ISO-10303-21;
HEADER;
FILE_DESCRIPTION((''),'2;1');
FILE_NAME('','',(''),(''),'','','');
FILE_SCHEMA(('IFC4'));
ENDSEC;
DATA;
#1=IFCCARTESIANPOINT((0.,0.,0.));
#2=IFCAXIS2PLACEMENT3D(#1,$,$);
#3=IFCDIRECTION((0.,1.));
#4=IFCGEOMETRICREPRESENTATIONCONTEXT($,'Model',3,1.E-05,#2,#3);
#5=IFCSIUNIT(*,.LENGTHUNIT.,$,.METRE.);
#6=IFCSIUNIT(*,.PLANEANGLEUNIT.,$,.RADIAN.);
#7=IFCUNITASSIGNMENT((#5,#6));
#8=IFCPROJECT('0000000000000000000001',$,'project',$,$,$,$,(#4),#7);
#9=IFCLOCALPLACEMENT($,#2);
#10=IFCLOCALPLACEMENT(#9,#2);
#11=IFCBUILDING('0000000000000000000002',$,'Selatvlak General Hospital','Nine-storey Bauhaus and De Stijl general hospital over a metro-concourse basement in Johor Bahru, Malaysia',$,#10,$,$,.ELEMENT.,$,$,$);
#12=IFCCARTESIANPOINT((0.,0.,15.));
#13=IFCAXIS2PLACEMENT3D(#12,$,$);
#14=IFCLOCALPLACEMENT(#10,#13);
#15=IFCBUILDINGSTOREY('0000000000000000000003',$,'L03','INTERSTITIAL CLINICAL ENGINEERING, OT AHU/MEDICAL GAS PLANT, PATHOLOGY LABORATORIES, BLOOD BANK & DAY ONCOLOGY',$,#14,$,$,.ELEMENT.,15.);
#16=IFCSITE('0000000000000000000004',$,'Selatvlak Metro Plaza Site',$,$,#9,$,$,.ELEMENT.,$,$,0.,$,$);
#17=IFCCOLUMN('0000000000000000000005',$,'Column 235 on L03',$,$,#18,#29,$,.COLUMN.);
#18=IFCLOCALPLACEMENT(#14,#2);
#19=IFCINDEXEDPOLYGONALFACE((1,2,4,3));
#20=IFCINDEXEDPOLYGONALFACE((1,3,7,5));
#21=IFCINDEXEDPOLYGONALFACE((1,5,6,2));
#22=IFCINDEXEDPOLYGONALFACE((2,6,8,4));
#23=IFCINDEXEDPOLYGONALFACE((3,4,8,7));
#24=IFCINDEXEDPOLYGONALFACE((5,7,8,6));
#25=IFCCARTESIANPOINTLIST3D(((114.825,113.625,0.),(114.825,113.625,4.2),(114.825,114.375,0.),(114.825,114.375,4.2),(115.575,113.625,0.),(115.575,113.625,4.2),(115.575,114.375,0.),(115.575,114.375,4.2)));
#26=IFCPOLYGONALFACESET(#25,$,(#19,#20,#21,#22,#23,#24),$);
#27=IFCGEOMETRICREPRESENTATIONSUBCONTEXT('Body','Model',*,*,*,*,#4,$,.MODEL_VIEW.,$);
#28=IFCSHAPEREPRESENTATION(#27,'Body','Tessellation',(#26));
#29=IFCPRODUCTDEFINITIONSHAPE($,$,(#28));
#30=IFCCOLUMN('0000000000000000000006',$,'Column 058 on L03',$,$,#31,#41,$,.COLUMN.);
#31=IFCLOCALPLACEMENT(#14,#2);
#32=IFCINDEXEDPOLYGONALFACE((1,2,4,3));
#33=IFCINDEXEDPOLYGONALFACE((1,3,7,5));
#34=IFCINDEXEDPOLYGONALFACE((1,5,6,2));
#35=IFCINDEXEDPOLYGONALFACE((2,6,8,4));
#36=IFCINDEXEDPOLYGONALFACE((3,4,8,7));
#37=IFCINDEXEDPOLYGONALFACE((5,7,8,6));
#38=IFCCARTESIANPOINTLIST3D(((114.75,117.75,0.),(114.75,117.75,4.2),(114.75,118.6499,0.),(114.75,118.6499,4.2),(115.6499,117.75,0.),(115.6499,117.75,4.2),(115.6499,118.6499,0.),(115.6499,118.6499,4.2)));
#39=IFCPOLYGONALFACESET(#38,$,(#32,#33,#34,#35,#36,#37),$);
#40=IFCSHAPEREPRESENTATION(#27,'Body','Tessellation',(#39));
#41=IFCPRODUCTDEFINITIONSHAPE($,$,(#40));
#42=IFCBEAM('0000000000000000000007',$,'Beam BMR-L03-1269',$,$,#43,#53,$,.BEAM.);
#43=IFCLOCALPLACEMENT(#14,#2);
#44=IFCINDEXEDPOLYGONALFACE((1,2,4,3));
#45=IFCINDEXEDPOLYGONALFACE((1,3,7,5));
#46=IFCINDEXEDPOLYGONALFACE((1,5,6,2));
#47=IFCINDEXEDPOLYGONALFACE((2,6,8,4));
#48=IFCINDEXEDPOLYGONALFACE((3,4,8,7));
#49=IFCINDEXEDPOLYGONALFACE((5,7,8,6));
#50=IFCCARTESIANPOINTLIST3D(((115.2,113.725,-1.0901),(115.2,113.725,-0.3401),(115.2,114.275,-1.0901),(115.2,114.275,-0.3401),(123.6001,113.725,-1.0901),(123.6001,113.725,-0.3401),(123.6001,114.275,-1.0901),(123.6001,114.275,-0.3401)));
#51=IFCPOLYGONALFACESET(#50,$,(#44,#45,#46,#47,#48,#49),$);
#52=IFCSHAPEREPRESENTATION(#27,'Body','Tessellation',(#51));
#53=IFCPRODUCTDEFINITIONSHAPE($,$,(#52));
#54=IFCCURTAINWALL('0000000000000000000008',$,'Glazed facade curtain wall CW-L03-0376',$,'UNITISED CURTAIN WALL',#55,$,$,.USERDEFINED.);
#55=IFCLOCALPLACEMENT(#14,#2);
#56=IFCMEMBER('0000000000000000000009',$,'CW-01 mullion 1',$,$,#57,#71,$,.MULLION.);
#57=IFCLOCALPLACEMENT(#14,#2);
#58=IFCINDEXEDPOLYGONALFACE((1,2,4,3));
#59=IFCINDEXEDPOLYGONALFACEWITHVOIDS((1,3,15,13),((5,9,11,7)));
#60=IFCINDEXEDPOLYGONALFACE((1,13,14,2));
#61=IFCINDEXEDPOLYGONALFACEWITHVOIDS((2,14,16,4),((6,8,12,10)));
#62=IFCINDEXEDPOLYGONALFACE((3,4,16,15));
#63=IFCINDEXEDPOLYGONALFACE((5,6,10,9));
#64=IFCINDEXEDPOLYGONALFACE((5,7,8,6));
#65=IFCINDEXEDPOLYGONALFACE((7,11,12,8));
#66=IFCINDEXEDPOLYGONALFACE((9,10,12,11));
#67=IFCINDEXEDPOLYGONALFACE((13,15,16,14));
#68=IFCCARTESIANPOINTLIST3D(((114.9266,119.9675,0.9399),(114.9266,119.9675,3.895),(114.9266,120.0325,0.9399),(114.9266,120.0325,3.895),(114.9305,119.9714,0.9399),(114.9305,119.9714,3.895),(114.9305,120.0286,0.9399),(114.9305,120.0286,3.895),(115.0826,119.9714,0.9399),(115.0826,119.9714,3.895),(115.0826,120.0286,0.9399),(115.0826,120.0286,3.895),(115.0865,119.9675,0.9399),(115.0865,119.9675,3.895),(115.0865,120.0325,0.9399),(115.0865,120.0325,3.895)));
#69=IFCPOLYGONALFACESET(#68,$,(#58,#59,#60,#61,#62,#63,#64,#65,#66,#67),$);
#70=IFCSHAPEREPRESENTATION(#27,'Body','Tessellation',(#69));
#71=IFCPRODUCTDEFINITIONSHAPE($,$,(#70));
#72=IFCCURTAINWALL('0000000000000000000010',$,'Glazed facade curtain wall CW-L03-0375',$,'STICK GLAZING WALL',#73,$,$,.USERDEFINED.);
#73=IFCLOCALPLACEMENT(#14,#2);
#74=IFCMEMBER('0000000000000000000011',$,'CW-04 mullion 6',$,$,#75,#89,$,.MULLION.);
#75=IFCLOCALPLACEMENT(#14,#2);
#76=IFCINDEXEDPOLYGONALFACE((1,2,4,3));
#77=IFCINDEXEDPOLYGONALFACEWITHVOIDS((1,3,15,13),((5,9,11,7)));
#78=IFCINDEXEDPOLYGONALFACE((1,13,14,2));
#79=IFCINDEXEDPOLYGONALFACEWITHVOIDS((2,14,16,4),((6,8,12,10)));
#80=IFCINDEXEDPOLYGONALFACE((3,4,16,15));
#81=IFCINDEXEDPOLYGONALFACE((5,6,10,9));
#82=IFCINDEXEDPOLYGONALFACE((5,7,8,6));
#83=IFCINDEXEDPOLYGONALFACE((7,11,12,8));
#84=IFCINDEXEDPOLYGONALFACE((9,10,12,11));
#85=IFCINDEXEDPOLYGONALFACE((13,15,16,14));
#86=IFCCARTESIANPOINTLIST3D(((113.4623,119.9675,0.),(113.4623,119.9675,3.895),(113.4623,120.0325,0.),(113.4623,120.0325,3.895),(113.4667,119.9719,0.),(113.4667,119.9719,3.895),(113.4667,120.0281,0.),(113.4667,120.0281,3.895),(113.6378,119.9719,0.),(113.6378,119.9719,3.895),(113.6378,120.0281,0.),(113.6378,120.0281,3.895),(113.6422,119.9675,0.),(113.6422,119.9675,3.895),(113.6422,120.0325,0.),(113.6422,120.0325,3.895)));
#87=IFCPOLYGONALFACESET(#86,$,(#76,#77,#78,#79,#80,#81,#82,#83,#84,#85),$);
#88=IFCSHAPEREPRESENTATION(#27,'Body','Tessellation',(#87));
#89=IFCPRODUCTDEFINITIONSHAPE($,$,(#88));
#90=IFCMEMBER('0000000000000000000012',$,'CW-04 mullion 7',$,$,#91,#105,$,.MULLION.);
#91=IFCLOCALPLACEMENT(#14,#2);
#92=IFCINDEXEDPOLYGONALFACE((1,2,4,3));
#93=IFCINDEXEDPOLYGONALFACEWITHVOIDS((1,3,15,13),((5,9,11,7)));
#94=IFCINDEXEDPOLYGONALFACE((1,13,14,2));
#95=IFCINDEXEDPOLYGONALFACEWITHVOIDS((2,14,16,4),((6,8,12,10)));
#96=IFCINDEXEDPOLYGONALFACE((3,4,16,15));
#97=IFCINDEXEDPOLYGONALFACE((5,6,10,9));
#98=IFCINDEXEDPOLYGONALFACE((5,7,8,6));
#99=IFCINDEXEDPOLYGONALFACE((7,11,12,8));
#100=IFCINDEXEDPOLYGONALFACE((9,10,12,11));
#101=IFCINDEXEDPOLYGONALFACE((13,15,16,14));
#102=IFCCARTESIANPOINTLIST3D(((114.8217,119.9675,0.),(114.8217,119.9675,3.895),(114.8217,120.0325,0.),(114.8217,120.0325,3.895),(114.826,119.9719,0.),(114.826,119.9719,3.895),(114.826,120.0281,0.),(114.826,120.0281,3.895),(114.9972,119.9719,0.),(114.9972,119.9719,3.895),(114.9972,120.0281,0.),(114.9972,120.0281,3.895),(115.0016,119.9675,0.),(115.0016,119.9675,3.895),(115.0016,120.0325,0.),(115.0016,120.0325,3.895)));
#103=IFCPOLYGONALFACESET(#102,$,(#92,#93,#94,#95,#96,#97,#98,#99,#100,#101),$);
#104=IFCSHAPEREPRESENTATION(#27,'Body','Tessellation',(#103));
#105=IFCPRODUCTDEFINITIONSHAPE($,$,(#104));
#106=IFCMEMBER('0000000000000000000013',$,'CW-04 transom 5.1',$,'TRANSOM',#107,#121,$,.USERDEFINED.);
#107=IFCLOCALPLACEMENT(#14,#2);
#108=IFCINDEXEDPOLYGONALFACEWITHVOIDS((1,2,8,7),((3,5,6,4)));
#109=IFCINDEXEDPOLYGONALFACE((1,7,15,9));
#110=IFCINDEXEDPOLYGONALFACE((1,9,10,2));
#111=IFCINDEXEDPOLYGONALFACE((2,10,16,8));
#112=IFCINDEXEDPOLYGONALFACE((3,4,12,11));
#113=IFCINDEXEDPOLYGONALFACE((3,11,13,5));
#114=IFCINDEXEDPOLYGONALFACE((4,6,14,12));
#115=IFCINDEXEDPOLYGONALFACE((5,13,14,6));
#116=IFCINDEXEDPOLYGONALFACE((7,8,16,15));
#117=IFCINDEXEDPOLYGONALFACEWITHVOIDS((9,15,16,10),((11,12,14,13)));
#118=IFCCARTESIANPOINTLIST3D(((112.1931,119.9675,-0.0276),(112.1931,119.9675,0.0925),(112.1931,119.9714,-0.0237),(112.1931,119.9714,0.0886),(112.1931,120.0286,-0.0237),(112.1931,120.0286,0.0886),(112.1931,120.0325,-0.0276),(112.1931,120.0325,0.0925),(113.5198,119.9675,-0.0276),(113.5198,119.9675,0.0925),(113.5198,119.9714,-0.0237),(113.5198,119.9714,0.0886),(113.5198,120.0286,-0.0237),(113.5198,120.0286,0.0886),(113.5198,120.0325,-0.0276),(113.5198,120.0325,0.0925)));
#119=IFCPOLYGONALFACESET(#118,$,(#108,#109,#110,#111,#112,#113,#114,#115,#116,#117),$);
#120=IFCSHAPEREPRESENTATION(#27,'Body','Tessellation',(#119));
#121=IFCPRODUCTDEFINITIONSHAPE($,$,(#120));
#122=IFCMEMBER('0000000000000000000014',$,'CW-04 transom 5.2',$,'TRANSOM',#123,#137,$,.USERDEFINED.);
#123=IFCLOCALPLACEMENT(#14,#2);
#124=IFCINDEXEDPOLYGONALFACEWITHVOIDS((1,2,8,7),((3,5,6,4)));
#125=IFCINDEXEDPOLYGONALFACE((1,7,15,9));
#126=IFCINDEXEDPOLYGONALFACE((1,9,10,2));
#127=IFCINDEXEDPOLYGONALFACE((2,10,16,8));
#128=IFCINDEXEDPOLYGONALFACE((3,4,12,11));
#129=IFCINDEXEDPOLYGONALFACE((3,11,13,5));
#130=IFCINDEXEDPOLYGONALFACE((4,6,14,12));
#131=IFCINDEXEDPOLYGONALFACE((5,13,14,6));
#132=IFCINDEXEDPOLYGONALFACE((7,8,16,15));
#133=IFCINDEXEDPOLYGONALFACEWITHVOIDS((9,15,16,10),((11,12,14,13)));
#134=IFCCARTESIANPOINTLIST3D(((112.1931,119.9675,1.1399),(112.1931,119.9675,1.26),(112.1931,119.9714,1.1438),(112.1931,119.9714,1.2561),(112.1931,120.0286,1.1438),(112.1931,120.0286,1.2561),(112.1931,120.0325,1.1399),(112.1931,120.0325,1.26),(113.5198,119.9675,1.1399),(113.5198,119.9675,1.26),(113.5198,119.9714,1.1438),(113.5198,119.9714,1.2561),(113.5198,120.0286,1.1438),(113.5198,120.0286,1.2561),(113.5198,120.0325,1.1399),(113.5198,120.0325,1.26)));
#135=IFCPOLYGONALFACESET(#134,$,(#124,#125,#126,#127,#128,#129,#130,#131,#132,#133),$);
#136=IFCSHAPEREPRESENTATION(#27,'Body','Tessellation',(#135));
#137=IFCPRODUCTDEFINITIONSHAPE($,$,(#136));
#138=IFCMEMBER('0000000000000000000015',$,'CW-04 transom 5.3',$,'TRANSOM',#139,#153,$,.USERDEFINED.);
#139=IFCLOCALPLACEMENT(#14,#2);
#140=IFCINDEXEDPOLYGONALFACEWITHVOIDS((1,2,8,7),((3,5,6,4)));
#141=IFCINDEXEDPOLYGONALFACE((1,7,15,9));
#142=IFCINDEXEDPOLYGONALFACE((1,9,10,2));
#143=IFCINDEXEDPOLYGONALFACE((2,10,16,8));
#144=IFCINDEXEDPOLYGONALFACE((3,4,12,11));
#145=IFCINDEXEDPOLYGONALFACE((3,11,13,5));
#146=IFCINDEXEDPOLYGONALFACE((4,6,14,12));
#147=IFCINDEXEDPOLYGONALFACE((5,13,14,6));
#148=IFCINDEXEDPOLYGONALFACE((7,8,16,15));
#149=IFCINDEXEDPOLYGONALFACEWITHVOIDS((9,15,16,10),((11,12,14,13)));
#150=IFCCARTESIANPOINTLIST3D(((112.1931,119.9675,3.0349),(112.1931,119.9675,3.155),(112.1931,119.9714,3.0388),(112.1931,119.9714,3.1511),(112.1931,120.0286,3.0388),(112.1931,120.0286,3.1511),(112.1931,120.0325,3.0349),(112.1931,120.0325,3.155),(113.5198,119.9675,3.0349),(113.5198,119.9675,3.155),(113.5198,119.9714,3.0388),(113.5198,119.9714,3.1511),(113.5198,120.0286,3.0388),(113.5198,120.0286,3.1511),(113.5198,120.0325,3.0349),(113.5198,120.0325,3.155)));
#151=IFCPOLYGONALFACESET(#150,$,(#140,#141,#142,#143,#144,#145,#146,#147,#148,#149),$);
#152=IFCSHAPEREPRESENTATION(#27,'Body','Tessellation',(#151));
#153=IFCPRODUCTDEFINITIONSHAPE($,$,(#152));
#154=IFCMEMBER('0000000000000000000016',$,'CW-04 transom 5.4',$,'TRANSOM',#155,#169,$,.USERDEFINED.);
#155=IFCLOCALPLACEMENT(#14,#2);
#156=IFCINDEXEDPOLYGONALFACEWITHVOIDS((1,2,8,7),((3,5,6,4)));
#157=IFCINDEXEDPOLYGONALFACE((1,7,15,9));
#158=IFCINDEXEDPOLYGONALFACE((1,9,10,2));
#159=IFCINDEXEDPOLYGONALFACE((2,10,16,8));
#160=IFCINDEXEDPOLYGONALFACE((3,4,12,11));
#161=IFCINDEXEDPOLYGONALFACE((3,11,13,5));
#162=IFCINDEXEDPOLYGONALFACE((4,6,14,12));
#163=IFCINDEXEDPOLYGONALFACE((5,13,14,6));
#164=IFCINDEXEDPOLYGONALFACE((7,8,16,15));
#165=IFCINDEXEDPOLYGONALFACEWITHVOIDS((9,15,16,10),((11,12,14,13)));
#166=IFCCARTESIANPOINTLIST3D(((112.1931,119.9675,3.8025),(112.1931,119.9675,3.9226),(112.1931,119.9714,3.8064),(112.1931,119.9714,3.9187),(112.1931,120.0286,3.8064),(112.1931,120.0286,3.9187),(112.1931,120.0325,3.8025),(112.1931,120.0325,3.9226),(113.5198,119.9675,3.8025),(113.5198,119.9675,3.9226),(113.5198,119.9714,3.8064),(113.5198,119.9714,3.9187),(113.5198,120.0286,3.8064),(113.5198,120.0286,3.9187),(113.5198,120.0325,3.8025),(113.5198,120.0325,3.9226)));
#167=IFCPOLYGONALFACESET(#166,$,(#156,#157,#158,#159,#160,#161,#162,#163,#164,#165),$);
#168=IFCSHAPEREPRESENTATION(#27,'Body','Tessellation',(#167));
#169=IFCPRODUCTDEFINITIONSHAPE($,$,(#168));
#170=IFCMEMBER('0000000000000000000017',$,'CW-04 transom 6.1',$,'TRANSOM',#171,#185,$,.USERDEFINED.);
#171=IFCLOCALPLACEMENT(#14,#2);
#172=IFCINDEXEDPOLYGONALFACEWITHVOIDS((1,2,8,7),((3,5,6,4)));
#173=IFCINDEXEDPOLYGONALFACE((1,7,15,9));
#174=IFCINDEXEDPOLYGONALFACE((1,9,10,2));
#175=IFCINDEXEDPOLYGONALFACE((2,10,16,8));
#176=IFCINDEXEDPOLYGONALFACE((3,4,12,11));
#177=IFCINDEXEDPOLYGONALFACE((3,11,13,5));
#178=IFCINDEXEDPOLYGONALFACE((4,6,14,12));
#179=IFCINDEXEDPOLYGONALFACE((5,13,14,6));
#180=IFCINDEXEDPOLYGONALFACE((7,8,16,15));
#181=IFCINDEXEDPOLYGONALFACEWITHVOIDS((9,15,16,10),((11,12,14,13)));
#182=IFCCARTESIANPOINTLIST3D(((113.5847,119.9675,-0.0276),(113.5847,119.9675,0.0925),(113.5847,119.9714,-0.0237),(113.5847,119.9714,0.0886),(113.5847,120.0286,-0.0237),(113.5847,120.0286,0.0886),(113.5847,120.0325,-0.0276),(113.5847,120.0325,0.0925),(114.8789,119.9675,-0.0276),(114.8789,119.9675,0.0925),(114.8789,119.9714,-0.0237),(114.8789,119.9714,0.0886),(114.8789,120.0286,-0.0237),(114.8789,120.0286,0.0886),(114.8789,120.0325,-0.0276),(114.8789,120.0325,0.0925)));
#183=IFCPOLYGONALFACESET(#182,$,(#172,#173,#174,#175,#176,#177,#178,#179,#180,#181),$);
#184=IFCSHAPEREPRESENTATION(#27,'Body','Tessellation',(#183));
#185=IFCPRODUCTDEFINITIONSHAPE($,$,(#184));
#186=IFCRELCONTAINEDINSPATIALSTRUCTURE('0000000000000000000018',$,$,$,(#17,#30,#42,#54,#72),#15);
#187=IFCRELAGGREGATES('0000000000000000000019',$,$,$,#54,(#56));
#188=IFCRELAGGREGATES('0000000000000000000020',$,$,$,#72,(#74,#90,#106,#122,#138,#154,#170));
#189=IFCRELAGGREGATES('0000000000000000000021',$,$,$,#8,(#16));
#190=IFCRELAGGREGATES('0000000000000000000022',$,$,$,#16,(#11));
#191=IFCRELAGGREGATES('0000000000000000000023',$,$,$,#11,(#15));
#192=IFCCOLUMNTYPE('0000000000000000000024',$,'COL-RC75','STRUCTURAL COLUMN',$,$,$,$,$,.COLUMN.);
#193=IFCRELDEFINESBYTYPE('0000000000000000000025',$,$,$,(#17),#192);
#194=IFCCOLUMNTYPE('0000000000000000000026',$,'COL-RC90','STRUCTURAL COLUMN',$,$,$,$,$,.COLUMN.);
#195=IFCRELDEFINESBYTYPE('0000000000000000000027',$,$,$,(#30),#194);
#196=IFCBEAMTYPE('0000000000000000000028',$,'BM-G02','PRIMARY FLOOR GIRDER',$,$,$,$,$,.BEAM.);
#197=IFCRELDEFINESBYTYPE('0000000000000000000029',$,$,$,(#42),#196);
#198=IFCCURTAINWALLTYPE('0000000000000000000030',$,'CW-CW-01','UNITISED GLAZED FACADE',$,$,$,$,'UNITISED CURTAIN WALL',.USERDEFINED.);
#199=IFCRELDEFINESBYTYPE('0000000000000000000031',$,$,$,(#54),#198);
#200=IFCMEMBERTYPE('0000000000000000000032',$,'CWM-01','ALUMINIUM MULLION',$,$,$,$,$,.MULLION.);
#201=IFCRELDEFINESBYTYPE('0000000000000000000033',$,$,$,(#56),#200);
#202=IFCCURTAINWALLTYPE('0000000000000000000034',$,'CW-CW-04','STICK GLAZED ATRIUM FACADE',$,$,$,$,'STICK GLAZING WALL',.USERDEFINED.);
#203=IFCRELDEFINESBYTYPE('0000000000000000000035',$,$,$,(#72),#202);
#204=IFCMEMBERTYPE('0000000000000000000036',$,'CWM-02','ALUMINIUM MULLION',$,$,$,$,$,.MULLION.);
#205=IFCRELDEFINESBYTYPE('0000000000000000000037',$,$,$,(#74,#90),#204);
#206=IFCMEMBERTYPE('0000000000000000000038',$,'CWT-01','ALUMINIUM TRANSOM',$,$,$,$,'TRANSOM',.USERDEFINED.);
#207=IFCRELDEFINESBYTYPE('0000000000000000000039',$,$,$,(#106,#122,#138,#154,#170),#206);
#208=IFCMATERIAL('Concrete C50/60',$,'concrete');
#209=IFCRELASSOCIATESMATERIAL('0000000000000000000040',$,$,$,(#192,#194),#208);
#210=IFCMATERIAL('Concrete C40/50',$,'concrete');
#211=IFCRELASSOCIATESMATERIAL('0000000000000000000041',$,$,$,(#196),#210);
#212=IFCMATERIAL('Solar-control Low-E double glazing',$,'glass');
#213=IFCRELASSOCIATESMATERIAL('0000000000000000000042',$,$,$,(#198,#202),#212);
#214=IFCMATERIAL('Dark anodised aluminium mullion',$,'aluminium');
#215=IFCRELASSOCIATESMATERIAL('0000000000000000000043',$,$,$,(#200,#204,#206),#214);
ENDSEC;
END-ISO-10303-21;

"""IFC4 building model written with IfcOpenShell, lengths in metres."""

from ifc_helpers import new_model, si_unit, direction, frame, origin, origin_2d, place, context, subcontext, project, spatial, rectangle, hollow_rectangle, extrude, material, material_profile, profile_set, type_object, element, aggregate, save


model = new_model("IFC4")

# Units and contexts
model_context = context("Model", 3, precision=1e-05, world=origin(), true_north=direction((0.0, 1.0)))
body_context = subcontext(model_context, "Body", "Model", "MODEL_VIEW")
ifc_project = project(units=[si_unit("LENGTHUNIT", "METRE"), si_unit("PLANEANGLEUNIT", "RADIAN")], contexts=[model_context])

# Site, building, storey
site_placement = place(None, origin())
site = spatial("IfcSite", under=ifc_project, at=site_placement, Name="Selatvlak Metro Plaza Site", CompositionType="ELEMENT", RefElevation=0.0)
building_placement = place(site_placement, origin())
building = spatial("IfcBuilding", under=site, at=building_placement, Name="Selatvlak General Hospital", Description="Nine-storey Bauhaus and De Stijl general hospital over a metro-concourse basement in Johor Bahru, Malaysia", CompositionType="ELEMENT")
storey_placement = place(building_placement, frame((0.0, 0.0, 15.0)))
storey = spatial("IfcBuildingStorey", under=building, at=storey_placement, Name="L03", Description="INTERSTITIAL CLINICAL ENGINEERING, OT AHU/MEDICAL GAS PLANT, PATHOLOGY LABORATORIES, BLOOD BANK & DAY ONCOLOGY", CompositionType="ELEMENT", Elevation=15.0)

# Columns
ifc_material_1 = material(Name="Concrete C50/60", Category="concrete")
ifc_material_profile_1 = material_profile(ifc_material_1, rectangle(XDim=0.75, YDim=0.75, at=origin_2d()), Name="RC-COL 750x750")
ifc_profile_set_1 = profile_set([ifc_material_profile_1], Name="Concrete C50/60")
column_type_1 = type_object("IfcColumnType", Name="COL-RC75", Description="STRUCTURAL COLUMN", PredefinedType="COLUMN", material=ifc_profile_set_1)
column_1_placement = place(storey_placement, frame((115.2, 114.0, 0.0), z_axis=(0.0, 0.0, 1.0), x_axis=(1.0, 0.0, 0.0)))
element("IfcColumn", 1, at=column_1_placement, inside=storey, type_object=column_type_1, Name="Column 235 on L03", PredefinedType="COLUMN", context=body_context, shape_type="SweptSolid", body=[
    extrude(rectangle(XDim=0.75, YDim=0.75, at=origin_2d()), origin(), (0.0, 0.0, 1.0), 4.2),
])
ifc_material_profile_2 = material_profile(ifc_material_1, rectangle(XDim=0.8999, YDim=0.8999, at=origin_2d()), Name="RC-COL 900x900")
ifc_profile_set_2 = profile_set([ifc_material_profile_2], Name="Concrete C50/60")
column_type_2 = type_object("IfcColumnType", Name="COL-RC90", Description="STRUCTURAL COLUMN", PredefinedType="COLUMN", material=ifc_profile_set_2)
column_2_placement = place(storey_placement, frame((115.2, 118.2, 0.0), z_axis=(0.0, 0.0, 1.0), x_axis=(1.0, 0.0, 0.0)))
element("IfcColumn", 2, at=column_2_placement, inside=storey, type_object=column_type_2, Name="Column 058 on L03", PredefinedType="COLUMN", context=body_context, shape_type="SweptSolid", body=[
    extrude(rectangle(XDim=0.8999, YDim=0.8999, at=origin_2d()), origin(), (0.0, 0.0, 1.0), 4.2),
])

# Beam
ifc_material_2 = material(Name="Concrete C40/50", Category="concrete")
ifc_material_profile_3 = material_profile(ifc_material_2, rectangle(XDim=0.55, YDim=0.75, at=origin_2d()), Name="RC-BM 550x750")
ifc_profile_set_3 = profile_set([ifc_material_profile_3], Name="Concrete C40/50")
beam_type = type_object("IfcBeamType", Name="BM-G02", Description="PRIMARY FLOOR GIRDER", PredefinedType="BEAM", material=ifc_profile_set_3)
beam_placement = place(storey_placement, frame((115.2, 114.0, -0.7151), z_axis=(1.0, 0.0, 0.0), x_axis=(0.0, 1.0, 0.0)))
element("IfcBeam", 3, at=beam_placement, inside=storey, type_object=beam_type, Name="Beam BMR-L03-1269", PredefinedType="BEAM", context=body_context, shape_type="SweptSolid", body=[
    extrude(rectangle(XDim=0.55, YDim=0.75, at=origin_2d()), origin(), (0.0, 0.0, 1.0), 8.4001),
])

# Curtain wall, member
ifc_material_3 = material(Name="Solar-control Low-E double glazing", Category="glass")
curtain_wall_type_1 = type_object("IfcCurtainWallType", Name="CW-CW-01", Description="UNITISED GLAZED FACADE", ElementType="UNITISED CURTAIN WALL", PredefinedType="USERDEFINED", material=ifc_material_3)
curtain_wall_1_placement = place(storey_placement, origin())
curtain_wall_1 = element("IfcCurtainWall", 4, at=curtain_wall_1_placement, inside=storey, type_object=curtain_wall_type_1, Name="Glazed facade curtain wall CW-L03-0376", ObjectType="UNITISED CURTAIN WALL", PredefinedType="USERDEFINED")
ifc_material_4 = material(Name="Dark anodised aluminium mullion", Category="aluminium")
ifc_material_profile_4 = material_profile(ifc_material_4, hollow_rectangle(XDim=0.0649, YDim=0.1599, WallThickness=0.0039, at=origin_2d()), Name="AL-MUL 65x160x4")
ifc_profile_set_4 = profile_set([ifc_material_profile_4], Name="Dark anodised aluminium mullion")
member_type_1 = type_object("IfcMemberType", Name="CWM-01", Description="ALUMINIUM MULLION", PredefinedType="MULLION", material=ifc_profile_set_4)
member_1_placement = place(storey_placement, frame((115.0066, 120.0, 0.9399), z_axis=(0.0, 0.0, 1.0), x_axis=(0.0, 1.0, 0.0)))
member_1 = element("IfcMember", 5, at=member_1_placement, type_object=member_type_1, Name="CW-01 mullion 1", PredefinedType="MULLION", context=body_context, shape_type="SweptSolid", body=[
    extrude(hollow_rectangle(XDim=0.0649, YDim=0.1599, WallThickness=0.0039, at=origin_2d()), origin(), (0.0, 0.0, 1.0), 2.9551),
])

# Curtain wall, members
curtain_wall_type_2 = type_object("IfcCurtainWallType", Name="CW-CW-04", Description="STICK GLAZED ATRIUM FACADE", ElementType="STICK GLAZING WALL", PredefinedType="USERDEFINED", material=ifc_material_3)
curtain_wall_2_placement = place(storey_placement, origin())
curtain_wall_2 = element("IfcCurtainWall", 6, at=curtain_wall_2_placement, inside=storey, type_object=curtain_wall_type_2, Name="Glazed facade curtain wall CW-L03-0375", ObjectType="STICK GLAZING WALL", PredefinedType="USERDEFINED")
ifc_material_profile_5 = material_profile(ifc_material_4, hollow_rectangle(XDim=0.0649, YDim=0.1799, WallThickness=0.0044, at=origin_2d()), Name="AL-MUL 65x180x4.5")
ifc_profile_set_5 = profile_set([ifc_material_profile_5], Name="Dark anodised aluminium mullion")
member_type_2 = type_object("IfcMemberType", Name="CWM-02", Description="ALUMINIUM MULLION", PredefinedType="MULLION", material=ifc_profile_set_5)
member_2_placement = place(storey_placement, frame((113.5522, 120.0, 0.0), z_axis=(0.0, 0.0, 1.0), x_axis=(0.0, 1.0, 0.0)))
member_2 = element("IfcMember", 7, at=member_2_placement, type_object=member_type_2, Name="CW-04 mullion 6", PredefinedType="MULLION", context=body_context, shape_type="SweptSolid", body=[
    extrude(hollow_rectangle(XDim=0.0649, YDim=0.1799, WallThickness=0.0044, at=origin_2d()), origin(), (0.0, 0.0, 1.0), 3.895),
])
member_3_placement = place(storey_placement, frame((114.9116, 120.0, 0.0), z_axis=(0.0, 0.0, 1.0), x_axis=(0.0, 1.0, 0.0)))
member_3 = element("IfcMember", 8, at=member_3_placement, type_object=member_type_2, Name="CW-04 mullion 7", PredefinedType="MULLION", context=body_context, shape_type="SweptSolid", body=[
    extrude(hollow_rectangle(XDim=0.0649, YDim=0.1799, WallThickness=0.0044, at=origin_2d()), origin(), (0.0, 0.0, 1.0), 3.895),
])
ifc_material_profile_6 = material_profile(ifc_material_4, hollow_rectangle(XDim=0.0649, YDim=0.1201, WallThickness=0.0039, at=origin_2d()), Name="AL-TRN 65x120x4")
ifc_profile_set_6 = profile_set([ifc_material_profile_6], Name="Dark anodised aluminium mullion")
member_type_3 = type_object("IfcMemberType", Name="CWT-01", Description="ALUMINIUM TRANSOM", ElementType="TRANSOM", PredefinedType="USERDEFINED", material=ifc_profile_set_6)
member_4_placement = place(storey_placement, frame((112.1931, 120.0, 0.0325), z_axis=(1.0, 0.0, 0.0), x_axis=(0.0, 1.0, 0.0)))
member_4 = element("IfcMember", 9, at=member_4_placement, type_object=member_type_3, Name="CW-04 transom 5.1", ObjectType="TRANSOM", PredefinedType="USERDEFINED", context=body_context, shape_type="SweptSolid", body=[
    extrude(hollow_rectangle(XDim=0.0649, YDim=0.1201, WallThickness=0.0039, at=origin_2d()), origin(), (0.0, 0.0, 1.0), 1.3267),
])
member_5_placement = place(storey_placement, frame((112.1931, 120.0, 1.2), z_axis=(1.0, 0.0, 0.0), x_axis=(0.0, 1.0, 0.0)))
member_5 = element("IfcMember", 10, at=member_5_placement, type_object=member_type_3, Name="CW-04 transom 5.2", ObjectType="TRANSOM", PredefinedType="USERDEFINED", context=body_context, shape_type="SweptSolid", body=[
    extrude(hollow_rectangle(XDim=0.0649, YDim=0.1201, WallThickness=0.0039, at=origin_2d()), origin(), (0.0, 0.0, 1.0), 1.3267),
])
member_6_placement = place(storey_placement, frame((112.1931, 120.0, 3.095), z_axis=(1.0, 0.0, 0.0), x_axis=(0.0, 1.0, 0.0)))
member_6 = element("IfcMember", 11, at=member_6_placement, type_object=member_type_3, Name="CW-04 transom 5.3", ObjectType="TRANSOM", PredefinedType="USERDEFINED", context=body_context, shape_type="SweptSolid", body=[
    extrude(hollow_rectangle(XDim=0.0649, YDim=0.1201, WallThickness=0.0039, at=origin_2d()), origin(), (0.0, 0.0, 1.0), 1.3267),
])
member_7_placement = place(storey_placement, frame((112.1931, 120.0, 3.8625), z_axis=(1.0, 0.0, 0.0), x_axis=(0.0, 1.0, 0.0)))
member_7 = element("IfcMember", 12, at=member_7_placement, type_object=member_type_3, Name="CW-04 transom 5.4", ObjectType="TRANSOM", PredefinedType="USERDEFINED", context=body_context, shape_type="SweptSolid", body=[
    extrude(hollow_rectangle(XDim=0.0649, YDim=0.1201, WallThickness=0.0039, at=origin_2d()), origin(), (0.0, 0.0, 1.0), 1.3267),
])
member_8_placement = place(storey_placement, frame((113.5847, 120.0, 0.0325), z_axis=(1.0, 0.0, 0.0), x_axis=(0.0, 1.0, 0.0)))
member_8 = element("IfcMember", 13, at=member_8_placement, type_object=member_type_3, Name="CW-04 transom 6.1", ObjectType="TRANSOM", PredefinedType="USERDEFINED", context=body_context, shape_type="SweptSolid", body=[
    extrude(hollow_rectangle(XDim=0.0649, YDim=0.1201, WallThickness=0.0039, at=origin_2d()), origin(), (0.0, 0.0, 1.0), 1.2942),
])

aggregate(curtain_wall_1, [member_1])

aggregate(curtain_wall_2, [member_2, member_3, member_4, member_5, member_6, member_7, member_8])

save(model, "model.ifc")
